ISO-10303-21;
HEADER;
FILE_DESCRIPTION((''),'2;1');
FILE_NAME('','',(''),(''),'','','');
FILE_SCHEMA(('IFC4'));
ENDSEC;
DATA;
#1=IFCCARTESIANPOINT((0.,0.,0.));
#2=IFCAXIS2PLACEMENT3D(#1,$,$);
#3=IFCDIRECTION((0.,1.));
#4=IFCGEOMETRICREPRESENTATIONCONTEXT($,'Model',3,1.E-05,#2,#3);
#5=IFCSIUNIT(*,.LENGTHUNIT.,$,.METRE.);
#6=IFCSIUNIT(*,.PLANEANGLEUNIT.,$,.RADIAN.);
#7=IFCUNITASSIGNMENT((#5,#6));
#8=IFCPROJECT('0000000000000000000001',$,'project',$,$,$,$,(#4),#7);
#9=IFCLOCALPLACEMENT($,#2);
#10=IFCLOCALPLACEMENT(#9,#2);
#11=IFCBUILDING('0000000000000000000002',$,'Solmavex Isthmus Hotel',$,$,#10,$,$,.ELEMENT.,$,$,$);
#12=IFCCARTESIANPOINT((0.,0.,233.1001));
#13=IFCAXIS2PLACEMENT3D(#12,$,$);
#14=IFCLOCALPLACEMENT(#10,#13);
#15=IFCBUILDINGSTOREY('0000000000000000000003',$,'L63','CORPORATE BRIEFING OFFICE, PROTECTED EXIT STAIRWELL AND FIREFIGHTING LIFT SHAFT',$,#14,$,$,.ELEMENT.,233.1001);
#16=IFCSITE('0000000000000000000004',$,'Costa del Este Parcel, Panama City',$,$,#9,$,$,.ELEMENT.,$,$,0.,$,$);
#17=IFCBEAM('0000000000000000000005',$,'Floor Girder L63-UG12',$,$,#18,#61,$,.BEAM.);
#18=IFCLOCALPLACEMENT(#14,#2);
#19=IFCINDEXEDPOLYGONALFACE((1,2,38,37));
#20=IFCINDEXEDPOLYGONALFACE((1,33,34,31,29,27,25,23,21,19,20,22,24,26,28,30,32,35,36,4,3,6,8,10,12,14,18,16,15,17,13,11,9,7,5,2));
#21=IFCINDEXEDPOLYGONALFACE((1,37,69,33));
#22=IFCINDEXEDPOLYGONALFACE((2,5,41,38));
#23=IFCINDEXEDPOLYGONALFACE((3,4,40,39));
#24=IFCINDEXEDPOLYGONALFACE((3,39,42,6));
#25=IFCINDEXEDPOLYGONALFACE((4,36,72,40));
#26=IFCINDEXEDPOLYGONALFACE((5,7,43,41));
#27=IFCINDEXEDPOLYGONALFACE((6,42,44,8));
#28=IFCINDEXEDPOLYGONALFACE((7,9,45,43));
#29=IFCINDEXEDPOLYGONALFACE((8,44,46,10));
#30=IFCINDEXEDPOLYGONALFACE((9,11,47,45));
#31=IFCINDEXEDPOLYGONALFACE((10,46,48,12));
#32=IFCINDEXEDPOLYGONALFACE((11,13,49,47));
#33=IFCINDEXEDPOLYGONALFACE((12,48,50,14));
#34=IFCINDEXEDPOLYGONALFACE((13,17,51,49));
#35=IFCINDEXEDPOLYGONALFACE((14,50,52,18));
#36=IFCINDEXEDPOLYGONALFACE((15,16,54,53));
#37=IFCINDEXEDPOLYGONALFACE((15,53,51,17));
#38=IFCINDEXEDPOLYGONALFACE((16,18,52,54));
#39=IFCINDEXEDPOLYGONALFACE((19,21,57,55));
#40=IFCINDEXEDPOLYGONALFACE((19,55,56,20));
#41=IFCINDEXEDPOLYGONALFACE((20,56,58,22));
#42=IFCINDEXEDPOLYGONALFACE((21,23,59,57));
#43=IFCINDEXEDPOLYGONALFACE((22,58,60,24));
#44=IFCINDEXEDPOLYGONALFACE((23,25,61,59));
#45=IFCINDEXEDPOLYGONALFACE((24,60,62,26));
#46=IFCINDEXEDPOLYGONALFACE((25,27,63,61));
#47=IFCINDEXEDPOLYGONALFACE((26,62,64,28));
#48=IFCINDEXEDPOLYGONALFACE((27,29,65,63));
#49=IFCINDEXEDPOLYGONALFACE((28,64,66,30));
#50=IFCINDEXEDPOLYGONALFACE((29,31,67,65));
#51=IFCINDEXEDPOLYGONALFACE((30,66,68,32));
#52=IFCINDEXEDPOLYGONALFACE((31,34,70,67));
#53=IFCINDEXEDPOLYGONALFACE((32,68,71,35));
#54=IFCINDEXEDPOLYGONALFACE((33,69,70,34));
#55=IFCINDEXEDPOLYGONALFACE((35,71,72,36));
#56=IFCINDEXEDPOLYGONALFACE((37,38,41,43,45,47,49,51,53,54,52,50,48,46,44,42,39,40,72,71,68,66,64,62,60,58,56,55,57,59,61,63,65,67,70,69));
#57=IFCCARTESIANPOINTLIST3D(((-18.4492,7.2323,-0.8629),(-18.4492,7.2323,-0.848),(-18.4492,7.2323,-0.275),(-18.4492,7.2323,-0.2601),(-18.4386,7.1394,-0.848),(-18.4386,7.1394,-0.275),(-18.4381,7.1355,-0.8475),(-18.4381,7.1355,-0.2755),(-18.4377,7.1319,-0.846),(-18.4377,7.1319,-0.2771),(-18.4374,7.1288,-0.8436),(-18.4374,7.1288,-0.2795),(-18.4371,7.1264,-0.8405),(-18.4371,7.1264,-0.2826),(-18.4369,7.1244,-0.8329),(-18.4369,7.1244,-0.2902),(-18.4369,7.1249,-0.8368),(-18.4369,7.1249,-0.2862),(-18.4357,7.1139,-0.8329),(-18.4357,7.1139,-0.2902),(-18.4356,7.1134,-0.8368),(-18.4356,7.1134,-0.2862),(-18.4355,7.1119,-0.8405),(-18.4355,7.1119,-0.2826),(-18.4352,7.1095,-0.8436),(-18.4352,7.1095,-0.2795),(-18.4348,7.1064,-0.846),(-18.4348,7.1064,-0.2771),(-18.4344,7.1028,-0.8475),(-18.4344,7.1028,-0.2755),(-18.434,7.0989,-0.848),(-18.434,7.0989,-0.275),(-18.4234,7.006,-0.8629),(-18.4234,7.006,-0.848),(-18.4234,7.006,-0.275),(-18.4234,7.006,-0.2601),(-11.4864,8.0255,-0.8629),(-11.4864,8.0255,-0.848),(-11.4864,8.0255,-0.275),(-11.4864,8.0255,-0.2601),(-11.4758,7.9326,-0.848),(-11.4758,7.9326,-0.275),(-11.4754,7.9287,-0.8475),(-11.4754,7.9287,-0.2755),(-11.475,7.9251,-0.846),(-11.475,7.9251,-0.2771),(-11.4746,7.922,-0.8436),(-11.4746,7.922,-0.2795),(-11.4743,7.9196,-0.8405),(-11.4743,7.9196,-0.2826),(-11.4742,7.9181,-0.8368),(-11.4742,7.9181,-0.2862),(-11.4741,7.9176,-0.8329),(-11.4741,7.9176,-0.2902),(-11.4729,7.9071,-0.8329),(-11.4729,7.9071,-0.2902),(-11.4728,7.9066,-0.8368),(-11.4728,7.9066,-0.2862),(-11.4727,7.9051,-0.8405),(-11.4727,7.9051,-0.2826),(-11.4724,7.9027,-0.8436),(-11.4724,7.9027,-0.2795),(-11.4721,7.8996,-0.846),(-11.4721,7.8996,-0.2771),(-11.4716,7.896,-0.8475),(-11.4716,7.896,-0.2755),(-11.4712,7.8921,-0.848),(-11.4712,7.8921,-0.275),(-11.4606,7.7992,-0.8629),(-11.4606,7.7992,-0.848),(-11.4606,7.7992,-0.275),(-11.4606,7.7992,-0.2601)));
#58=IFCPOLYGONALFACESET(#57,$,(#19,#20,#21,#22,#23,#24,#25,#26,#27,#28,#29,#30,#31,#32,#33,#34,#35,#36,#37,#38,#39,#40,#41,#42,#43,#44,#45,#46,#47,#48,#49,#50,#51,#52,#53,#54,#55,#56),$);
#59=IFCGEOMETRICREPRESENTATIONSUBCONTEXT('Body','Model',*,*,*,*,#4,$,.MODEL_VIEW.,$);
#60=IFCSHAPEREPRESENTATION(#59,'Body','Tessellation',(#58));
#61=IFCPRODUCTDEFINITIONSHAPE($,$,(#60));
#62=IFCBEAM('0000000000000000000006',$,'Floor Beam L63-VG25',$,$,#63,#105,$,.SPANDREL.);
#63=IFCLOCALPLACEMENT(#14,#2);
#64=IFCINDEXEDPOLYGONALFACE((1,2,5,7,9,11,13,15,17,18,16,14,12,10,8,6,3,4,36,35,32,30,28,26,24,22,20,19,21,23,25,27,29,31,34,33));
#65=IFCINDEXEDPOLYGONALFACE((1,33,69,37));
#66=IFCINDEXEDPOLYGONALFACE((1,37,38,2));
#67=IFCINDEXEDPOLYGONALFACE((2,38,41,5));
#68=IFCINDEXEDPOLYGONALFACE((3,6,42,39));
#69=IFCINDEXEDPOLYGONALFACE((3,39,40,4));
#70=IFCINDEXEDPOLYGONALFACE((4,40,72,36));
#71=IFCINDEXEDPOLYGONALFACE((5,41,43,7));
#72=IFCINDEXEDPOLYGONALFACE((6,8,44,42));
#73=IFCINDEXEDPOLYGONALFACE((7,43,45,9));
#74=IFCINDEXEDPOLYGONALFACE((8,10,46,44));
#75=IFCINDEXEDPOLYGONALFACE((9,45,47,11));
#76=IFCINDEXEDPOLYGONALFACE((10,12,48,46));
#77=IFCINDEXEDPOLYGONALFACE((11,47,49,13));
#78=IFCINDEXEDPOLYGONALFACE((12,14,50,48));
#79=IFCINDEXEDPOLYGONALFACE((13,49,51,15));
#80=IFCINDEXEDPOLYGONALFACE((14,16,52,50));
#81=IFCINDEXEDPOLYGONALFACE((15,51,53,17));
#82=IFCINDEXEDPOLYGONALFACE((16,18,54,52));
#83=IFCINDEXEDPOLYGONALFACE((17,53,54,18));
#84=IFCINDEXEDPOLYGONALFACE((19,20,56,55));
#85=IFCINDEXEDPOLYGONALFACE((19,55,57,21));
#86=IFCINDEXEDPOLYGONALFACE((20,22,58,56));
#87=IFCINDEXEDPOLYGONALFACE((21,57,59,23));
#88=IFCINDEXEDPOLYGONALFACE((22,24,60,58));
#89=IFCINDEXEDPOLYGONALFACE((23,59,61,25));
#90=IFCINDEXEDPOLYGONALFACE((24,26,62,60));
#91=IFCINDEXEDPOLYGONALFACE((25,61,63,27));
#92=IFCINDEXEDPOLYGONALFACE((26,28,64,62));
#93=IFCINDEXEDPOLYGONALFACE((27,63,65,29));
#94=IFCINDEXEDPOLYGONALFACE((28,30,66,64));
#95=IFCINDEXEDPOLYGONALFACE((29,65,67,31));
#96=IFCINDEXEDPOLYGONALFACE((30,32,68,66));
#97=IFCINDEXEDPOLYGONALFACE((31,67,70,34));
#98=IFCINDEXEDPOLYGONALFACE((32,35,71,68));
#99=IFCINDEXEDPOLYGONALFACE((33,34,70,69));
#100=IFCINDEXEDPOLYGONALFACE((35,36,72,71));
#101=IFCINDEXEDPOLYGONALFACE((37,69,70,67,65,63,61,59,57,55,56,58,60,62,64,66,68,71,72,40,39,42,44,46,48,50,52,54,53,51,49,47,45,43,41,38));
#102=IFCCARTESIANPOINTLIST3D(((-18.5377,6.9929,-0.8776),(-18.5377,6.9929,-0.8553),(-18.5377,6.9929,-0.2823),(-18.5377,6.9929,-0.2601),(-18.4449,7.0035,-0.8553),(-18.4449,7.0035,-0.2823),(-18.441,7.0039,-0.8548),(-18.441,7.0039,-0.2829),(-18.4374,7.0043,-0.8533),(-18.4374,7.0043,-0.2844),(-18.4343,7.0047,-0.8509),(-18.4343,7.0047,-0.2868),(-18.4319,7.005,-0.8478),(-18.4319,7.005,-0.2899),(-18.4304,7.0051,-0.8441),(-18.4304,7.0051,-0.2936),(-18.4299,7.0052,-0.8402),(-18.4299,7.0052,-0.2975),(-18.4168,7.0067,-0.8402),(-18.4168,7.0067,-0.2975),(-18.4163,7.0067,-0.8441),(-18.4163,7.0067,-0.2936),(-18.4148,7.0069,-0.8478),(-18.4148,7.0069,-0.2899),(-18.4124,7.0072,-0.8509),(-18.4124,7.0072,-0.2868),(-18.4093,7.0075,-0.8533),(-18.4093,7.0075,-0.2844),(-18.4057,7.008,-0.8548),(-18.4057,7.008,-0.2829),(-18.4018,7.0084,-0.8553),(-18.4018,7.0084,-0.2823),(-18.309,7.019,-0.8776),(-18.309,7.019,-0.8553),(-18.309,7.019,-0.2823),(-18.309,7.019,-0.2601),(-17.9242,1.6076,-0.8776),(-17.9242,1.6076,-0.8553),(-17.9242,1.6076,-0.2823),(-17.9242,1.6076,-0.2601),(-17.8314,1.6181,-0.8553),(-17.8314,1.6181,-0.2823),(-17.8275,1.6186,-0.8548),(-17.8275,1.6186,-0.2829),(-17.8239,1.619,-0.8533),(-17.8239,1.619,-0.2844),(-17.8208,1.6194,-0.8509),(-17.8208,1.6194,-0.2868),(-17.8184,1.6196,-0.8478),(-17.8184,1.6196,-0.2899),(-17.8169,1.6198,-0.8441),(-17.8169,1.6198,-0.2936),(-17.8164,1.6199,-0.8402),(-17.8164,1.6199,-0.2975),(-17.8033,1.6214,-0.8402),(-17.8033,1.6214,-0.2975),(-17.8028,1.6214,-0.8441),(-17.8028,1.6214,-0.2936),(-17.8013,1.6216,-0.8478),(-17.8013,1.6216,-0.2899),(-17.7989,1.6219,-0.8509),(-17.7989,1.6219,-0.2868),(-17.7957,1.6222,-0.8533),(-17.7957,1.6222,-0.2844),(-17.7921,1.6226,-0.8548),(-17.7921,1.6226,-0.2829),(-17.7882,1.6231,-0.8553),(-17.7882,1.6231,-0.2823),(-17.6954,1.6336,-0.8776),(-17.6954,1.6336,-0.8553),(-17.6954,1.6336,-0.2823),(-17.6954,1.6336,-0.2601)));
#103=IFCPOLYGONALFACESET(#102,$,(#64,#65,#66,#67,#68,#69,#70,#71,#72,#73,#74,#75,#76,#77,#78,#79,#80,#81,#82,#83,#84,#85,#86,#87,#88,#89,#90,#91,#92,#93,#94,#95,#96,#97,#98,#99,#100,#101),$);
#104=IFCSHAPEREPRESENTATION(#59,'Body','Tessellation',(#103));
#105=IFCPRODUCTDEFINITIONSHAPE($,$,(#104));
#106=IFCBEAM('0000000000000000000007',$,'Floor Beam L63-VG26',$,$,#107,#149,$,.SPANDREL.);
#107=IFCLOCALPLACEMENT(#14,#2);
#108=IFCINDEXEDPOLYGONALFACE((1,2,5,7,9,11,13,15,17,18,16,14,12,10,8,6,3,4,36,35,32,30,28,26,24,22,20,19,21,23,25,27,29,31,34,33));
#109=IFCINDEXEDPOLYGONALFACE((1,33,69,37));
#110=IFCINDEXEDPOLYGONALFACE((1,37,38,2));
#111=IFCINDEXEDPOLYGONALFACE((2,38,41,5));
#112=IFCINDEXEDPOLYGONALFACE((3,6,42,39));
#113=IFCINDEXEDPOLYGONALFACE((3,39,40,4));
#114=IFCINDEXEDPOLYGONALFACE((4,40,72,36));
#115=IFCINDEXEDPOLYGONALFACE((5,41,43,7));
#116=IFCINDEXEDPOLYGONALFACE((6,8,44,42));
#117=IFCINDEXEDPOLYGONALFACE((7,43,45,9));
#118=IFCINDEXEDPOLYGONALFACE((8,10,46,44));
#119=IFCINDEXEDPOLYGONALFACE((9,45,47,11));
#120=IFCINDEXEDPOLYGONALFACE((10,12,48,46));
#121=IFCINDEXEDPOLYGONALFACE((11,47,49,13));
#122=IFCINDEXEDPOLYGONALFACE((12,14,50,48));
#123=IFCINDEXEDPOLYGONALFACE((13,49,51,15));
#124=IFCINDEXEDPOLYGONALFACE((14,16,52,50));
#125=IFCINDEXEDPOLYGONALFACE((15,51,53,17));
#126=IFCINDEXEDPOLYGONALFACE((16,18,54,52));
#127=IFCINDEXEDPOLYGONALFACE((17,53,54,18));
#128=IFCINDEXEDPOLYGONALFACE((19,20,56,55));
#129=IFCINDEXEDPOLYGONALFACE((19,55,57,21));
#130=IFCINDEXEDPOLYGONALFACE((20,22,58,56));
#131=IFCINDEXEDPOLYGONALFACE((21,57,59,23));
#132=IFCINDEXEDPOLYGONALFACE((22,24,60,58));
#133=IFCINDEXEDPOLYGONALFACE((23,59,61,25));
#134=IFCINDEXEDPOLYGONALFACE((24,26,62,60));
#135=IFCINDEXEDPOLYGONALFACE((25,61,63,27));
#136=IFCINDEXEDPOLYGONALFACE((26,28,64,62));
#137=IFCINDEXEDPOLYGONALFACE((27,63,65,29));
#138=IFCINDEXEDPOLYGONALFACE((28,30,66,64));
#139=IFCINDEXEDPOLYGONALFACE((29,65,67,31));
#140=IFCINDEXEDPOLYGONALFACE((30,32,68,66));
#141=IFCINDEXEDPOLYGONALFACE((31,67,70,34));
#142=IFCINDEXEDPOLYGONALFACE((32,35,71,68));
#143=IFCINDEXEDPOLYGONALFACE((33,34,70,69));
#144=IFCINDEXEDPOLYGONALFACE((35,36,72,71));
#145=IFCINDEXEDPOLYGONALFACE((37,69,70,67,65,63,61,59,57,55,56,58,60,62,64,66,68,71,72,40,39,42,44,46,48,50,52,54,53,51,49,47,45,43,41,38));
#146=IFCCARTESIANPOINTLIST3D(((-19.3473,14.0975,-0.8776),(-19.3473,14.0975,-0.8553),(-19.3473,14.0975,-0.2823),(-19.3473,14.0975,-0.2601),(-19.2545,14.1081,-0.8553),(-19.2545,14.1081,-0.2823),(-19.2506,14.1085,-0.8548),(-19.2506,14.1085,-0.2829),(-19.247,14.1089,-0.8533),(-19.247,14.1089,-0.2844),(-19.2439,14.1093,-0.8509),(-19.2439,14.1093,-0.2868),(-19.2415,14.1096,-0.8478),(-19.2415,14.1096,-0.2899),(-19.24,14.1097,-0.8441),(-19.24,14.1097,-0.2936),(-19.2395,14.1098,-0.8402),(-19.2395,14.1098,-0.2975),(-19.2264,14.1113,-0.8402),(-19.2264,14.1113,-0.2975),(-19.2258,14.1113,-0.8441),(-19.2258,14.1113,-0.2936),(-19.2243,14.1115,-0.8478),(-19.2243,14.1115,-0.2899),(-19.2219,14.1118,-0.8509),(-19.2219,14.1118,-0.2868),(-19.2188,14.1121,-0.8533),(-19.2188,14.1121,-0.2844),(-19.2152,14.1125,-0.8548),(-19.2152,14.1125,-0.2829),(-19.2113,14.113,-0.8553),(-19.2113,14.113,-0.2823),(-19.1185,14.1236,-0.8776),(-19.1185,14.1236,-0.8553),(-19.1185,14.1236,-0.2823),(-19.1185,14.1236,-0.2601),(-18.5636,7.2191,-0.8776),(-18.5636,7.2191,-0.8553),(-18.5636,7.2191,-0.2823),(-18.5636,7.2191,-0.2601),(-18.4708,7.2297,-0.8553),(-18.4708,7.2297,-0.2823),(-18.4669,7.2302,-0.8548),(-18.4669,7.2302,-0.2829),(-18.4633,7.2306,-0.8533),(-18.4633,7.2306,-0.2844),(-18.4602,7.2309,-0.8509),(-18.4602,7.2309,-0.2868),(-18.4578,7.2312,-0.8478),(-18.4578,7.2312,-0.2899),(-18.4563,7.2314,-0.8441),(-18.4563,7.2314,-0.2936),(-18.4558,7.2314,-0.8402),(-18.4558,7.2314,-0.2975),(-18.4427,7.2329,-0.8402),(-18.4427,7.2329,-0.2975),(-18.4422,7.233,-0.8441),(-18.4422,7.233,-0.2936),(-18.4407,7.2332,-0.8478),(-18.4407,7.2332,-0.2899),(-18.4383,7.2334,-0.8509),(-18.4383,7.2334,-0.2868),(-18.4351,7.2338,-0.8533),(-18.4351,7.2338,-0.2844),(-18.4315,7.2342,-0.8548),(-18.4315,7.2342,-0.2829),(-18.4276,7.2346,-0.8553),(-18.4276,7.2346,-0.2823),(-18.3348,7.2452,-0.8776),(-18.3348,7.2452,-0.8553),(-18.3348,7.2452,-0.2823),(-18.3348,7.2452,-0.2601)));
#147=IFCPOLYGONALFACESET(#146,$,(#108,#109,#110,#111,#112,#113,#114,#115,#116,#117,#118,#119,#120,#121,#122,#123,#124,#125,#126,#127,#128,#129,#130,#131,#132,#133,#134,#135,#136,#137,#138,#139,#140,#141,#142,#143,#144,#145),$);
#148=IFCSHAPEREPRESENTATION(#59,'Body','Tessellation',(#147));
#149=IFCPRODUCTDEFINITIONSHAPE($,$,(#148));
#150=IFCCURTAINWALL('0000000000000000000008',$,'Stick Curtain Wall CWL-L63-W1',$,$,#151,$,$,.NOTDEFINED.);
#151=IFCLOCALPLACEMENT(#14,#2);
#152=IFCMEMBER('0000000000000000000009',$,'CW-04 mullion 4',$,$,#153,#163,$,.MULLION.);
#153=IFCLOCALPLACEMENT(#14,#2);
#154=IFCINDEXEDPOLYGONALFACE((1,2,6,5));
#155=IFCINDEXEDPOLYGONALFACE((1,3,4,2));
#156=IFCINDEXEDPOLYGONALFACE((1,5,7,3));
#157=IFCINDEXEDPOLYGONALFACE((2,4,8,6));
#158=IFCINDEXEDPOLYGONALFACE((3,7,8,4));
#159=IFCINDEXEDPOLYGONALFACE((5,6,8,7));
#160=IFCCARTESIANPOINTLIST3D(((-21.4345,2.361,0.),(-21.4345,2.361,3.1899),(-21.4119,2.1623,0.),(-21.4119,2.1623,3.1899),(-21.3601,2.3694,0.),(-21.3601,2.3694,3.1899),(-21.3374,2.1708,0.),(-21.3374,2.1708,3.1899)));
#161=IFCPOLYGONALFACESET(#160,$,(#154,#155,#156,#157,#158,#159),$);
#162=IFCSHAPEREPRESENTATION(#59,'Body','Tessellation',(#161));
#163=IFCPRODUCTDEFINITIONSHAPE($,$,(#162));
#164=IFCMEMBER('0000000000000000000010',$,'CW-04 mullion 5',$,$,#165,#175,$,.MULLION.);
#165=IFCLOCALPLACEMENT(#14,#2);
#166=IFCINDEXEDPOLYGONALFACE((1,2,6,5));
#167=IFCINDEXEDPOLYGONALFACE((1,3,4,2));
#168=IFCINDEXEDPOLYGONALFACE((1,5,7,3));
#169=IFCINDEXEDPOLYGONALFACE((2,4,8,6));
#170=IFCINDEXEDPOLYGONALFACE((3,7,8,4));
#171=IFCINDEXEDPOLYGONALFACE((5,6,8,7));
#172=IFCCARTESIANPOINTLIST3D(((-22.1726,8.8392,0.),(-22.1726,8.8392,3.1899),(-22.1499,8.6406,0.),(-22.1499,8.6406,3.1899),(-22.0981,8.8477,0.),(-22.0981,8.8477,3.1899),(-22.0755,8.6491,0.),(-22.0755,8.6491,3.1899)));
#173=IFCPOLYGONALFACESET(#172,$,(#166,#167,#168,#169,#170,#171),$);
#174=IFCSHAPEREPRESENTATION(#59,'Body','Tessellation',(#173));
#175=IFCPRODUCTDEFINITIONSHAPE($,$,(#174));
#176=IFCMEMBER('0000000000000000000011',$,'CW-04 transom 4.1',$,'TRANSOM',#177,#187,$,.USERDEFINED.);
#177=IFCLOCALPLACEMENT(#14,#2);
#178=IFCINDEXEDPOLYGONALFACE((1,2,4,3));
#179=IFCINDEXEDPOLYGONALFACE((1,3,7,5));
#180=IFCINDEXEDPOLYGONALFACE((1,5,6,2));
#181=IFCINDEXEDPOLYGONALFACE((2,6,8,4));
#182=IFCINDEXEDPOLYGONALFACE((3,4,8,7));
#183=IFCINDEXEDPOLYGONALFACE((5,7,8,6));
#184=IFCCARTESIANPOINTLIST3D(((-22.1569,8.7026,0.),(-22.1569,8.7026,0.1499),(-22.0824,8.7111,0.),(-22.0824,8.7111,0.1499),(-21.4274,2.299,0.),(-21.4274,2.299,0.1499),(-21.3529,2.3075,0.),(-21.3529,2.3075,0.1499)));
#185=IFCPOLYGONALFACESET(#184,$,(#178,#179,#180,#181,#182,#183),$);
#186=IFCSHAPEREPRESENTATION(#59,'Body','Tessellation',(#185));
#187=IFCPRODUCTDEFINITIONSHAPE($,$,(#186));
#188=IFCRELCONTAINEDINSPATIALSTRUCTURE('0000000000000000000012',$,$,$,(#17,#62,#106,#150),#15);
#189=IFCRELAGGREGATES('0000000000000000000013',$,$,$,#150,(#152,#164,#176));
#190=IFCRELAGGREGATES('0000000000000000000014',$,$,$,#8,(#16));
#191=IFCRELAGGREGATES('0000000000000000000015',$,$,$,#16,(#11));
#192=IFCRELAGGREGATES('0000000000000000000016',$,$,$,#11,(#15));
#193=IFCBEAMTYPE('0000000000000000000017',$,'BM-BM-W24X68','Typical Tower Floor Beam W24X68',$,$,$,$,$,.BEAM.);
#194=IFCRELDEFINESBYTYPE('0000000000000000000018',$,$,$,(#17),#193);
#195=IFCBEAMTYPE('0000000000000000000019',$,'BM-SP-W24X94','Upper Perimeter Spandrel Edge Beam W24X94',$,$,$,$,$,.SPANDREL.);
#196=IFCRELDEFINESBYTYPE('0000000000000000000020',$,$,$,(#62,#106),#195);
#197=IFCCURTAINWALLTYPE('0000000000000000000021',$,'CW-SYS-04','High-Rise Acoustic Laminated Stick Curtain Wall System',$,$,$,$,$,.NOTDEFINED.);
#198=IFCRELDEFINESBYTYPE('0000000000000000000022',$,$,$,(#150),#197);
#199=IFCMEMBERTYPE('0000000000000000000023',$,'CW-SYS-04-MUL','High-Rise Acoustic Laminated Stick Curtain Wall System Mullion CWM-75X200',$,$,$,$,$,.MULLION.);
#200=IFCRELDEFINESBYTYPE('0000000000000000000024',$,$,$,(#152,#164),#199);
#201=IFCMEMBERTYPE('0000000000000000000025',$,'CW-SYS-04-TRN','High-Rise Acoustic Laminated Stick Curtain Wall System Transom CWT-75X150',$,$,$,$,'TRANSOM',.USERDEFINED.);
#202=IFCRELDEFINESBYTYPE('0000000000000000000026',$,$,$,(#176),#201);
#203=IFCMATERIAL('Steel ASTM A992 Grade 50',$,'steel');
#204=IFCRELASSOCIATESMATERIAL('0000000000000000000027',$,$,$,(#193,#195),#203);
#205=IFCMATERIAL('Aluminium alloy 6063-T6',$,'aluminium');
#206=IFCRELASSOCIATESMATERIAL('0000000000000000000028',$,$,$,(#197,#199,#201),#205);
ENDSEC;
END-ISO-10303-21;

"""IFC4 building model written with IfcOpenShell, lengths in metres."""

from ifc_helpers import new_model, si_unit, direction, frame, origin, origin_2d, place, context, subcontext, project, spatial, rectangle, i_section, extrude, material, material_profile, profile_set, type_object, element, aggregate, save


model = new_model("IFC4")

# Units and contexts
model_context = context("Model", 3, precision=1e-05, world=origin(), true_north=direction((0.0, 1.0)))
body_context = subcontext(model_context, "Body", "Model", "MODEL_VIEW")
ifc_project = project(units=[si_unit("LENGTHUNIT", "METRE"), si_unit("PLANEANGLEUNIT", "RADIAN")], contexts=[model_context])

# Site, building, storey
site_placement = place(None, origin())
site = spatial("IfcSite", under=ifc_project, at=site_placement, Name="Costa del Este Parcel, Panama City", CompositionType="ELEMENT", RefElevation=0.0)
building_placement = place(site_placement, origin())
building = spatial("IfcBuilding", under=site, at=building_placement, Name="Solmavex Isthmus Hotel", CompositionType="ELEMENT")
storey_placement = place(building_placement, frame((0.0, 0.0, 233.1001)))
storey = spatial("IfcBuildingStorey", under=building, at=storey_placement, Name="L63", Description="CORPORATE BRIEFING OFFICE, PROTECTED EXIT STAIRWELL AND FIREFIGHTING LIFT SHAFT", CompositionType="ELEMENT", Elevation=233.1001)

# Beams
ifc_material_1 = material(Name="Steel ASTM A992 Grade 50", Category="steel")
ifc_material_profile_1 = material_profile(ifc_material_1, i_section(OverallWidth=0.2278, OverallDepth=0.6028, WebThickness=0.0105, FlangeThickness=0.0149, FilletRadius=0.0151, at=origin_2d()), Name="W24X68")
ifc_profile_set_1 = profile_set([ifc_material_profile_1], Name="Steel ASTM A992 Grade 50")
beam_type_1 = type_object("IfcBeamType", Name="BM-BM-W24X68", Description="Typical Tower Floor Beam W24X68", PredefinedType="BEAM", material=ifc_profile_set_1)
beam_1_placement = place(storey_placement, frame((-18.4363, 7.1191, -0.5615), z_axis=(0.993574, 0.113188, 0.0), x_axis=(-0.113188, 0.993574, 0.0)))
element("IfcBeam", 1, at=beam_1_placement, inside=storey, type_object=beam_type_1, Name="Floor Girder L63-UG12", PredefinedType="BEAM", context=body_context, shape_type="SweptSolid", body=[
    extrude(i_section(OverallWidth=0.2278, OverallDepth=0.6028, WebThickness=0.0105, FlangeThickness=0.0149, FilletRadius=0.0151, at=origin_2d()), origin(), (0.0, 0.0, 1.0), 7.0078),
])
ifc_material_profile_2 = material_profile(ifc_material_1, i_section(OverallWidth=0.2302, OverallDepth=0.6174, WebThickness=0.0132, FlangeThickness=0.0222, FilletRadius=0.0151, at=origin_2d()), Name="W24X94")
ifc_profile_set_2 = profile_set([ifc_material_profile_2], Name="Steel ASTM A992 Grade 50")
beam_type_2 = type_object("IfcBeamType", Name="BM-SP-W24X94", Description="Upper Perimeter Spandrel Edge Beam W24X94", PredefinedType="SPANDREL", material=ifc_profile_set_2)
beam_2_placement = place(storey_placement, frame((-17.8098, 1.6206, -0.5688), z_axis=(-0.113195, 0.993573, 0.0), x_axis=(-0.993573, -0.113195, 0.0)))
element("IfcBeam", 2, at=beam_2_placement, inside=storey, type_object=beam_type_2, Name="Floor Beam L63-VG25", PredefinedType="SPANDREL", context=body_context, shape_type="SweptSolid", body=[
    extrude(i_section(OverallWidth=0.2302, OverallDepth=0.6174, WebThickness=0.0132, FlangeThickness=0.0222, FilletRadius=0.0151, at=origin_2d()), origin(), (0.0, 0.0, 1.0), 5.4202),
])
beam_3_placement = place(storey_placement, frame((-18.4492, 7.2322, -0.5688), z_axis=(-0.113202, 0.993572, 0.0), x_axis=(-0.993572, -0.113202, 0.0)))
element("IfcBeam", 3, at=beam_3_placement, inside=storey, type_object=beam_type_2, Name="Floor Beam L63-VG26", PredefinedType="SPANDREL", context=body_context, shape_type="SweptSolid", body=[
    extrude(i_section(OverallWidth=0.2302, OverallDepth=0.6174, WebThickness=0.0132, FlangeThickness=0.0222, FilletRadius=0.0151, at=origin_2d()), origin(), (0.0, 0.0, 1.0), 6.9229),
])

# Curtain wall, members
ifc_material_2 = material(Name="Aluminium alloy 6063-T6", Category="aluminium")
curtain_wall_type = type_object("IfcCurtainWallType", Name="CW-SYS-04", Description="High-Rise Acoustic Laminated Stick Curtain Wall System", PredefinedType="NOTDEFINED", material=ifc_material_2)
curtain_wall_placement = place(storey_placement, origin())
curtain_wall = element("IfcCurtainWall", 4, at=curtain_wall_placement, inside=storey, type_object=curtain_wall_type, Name="Stick Curtain Wall CWL-L63-W1", PredefinedType="NOTDEFINED")
ifc_material_profile_3 = material_profile(ifc_material_2, rectangle(XDim=0.075, YDim=0.2, at=origin_2d()), Name="CWM-75X200")
ifc_profile_set_3 = profile_set([ifc_material_profile_3], Name="Aluminium alloy 6063-T6")
member_type_1 = type_object("IfcMemberType", Name="CW-SYS-04-MUL", Description="High-Rise Acoustic Laminated Stick Curtain Wall System Mullion CWM-75X200", PredefinedType="MULLION", material=ifc_profile_set_3)
member_1_placement = place(storey_placement, frame((-21.386, 2.2659, 0.0), z_axis=(0.0, 0.0, 1.0), x_axis=(-0.993572, -0.113203, 0.0)))
member_1 = element("IfcMember", 5, at=member_1_placement, type_object=member_type_1, Name="CW-04 mullion 4", PredefinedType="MULLION", context=body_context, shape_type="SweptSolid", body=[
    extrude(rectangle(XDim=0.075, YDim=0.2, at=origin_2d()), origin(), (0.0, 0.0, 1.0), 3.1899),
])
member_2_placement = place(storey_placement, frame((-22.124, 8.7441, 0.0), z_axis=(0.0, 0.0, 1.0), x_axis=(-0.993572, -0.113203, 0.0)))
member_2 = element("IfcMember", 6, at=member_2_placement, type_object=member_type_1, Name="CW-04 mullion 5", PredefinedType="MULLION", context=body_context, shape_type="SweptSolid", body=[
    extrude(rectangle(XDim=0.075, YDim=0.2, at=origin_2d()), origin(), (0.0, 0.0, 1.0), 3.1899),
])
ifc_material_profile_4 = material_profile(ifc_material_2, rectangle(XDim=0.075, YDim=0.1499, at=origin_2d()), Name="CWT-75X150")
ifc_profile_set_4 = profile_set([ifc_material_profile_4], Name="Aluminium alloy 6063-T6")
member_type_2 = type_object("IfcMemberType", Name="CW-SYS-04-TRN", Description="High-Rise Acoustic Laminated Stick Curtain Wall System Transom CWT-75X150", ElementType="TRANSOM", PredefinedType="USERDEFINED", material=ifc_profile_set_4)
member_3_placement = place(storey_placement, frame((-21.3901, 2.3032, 0.075), z_axis=(-0.113188, 0.993574, 0.0), x_axis=(-0.993574, -0.113188, 0.0)))
member_3 = element("IfcMember", 7, at=member_3_placement, type_object=member_type_2, Name="CW-04 transom 4.1", ObjectType="TRANSOM", PredefinedType="USERDEFINED", context=body_context, shape_type="SweptSolid", body=[
    extrude(rectangle(XDim=0.075, YDim=0.1499, at=origin_2d()), origin(), (0.0, 0.0, 1.0), 6.4451),
])
aggregate(curtain_wall, [member_1, member_2, member_3])

save(model, "model.ifc")
